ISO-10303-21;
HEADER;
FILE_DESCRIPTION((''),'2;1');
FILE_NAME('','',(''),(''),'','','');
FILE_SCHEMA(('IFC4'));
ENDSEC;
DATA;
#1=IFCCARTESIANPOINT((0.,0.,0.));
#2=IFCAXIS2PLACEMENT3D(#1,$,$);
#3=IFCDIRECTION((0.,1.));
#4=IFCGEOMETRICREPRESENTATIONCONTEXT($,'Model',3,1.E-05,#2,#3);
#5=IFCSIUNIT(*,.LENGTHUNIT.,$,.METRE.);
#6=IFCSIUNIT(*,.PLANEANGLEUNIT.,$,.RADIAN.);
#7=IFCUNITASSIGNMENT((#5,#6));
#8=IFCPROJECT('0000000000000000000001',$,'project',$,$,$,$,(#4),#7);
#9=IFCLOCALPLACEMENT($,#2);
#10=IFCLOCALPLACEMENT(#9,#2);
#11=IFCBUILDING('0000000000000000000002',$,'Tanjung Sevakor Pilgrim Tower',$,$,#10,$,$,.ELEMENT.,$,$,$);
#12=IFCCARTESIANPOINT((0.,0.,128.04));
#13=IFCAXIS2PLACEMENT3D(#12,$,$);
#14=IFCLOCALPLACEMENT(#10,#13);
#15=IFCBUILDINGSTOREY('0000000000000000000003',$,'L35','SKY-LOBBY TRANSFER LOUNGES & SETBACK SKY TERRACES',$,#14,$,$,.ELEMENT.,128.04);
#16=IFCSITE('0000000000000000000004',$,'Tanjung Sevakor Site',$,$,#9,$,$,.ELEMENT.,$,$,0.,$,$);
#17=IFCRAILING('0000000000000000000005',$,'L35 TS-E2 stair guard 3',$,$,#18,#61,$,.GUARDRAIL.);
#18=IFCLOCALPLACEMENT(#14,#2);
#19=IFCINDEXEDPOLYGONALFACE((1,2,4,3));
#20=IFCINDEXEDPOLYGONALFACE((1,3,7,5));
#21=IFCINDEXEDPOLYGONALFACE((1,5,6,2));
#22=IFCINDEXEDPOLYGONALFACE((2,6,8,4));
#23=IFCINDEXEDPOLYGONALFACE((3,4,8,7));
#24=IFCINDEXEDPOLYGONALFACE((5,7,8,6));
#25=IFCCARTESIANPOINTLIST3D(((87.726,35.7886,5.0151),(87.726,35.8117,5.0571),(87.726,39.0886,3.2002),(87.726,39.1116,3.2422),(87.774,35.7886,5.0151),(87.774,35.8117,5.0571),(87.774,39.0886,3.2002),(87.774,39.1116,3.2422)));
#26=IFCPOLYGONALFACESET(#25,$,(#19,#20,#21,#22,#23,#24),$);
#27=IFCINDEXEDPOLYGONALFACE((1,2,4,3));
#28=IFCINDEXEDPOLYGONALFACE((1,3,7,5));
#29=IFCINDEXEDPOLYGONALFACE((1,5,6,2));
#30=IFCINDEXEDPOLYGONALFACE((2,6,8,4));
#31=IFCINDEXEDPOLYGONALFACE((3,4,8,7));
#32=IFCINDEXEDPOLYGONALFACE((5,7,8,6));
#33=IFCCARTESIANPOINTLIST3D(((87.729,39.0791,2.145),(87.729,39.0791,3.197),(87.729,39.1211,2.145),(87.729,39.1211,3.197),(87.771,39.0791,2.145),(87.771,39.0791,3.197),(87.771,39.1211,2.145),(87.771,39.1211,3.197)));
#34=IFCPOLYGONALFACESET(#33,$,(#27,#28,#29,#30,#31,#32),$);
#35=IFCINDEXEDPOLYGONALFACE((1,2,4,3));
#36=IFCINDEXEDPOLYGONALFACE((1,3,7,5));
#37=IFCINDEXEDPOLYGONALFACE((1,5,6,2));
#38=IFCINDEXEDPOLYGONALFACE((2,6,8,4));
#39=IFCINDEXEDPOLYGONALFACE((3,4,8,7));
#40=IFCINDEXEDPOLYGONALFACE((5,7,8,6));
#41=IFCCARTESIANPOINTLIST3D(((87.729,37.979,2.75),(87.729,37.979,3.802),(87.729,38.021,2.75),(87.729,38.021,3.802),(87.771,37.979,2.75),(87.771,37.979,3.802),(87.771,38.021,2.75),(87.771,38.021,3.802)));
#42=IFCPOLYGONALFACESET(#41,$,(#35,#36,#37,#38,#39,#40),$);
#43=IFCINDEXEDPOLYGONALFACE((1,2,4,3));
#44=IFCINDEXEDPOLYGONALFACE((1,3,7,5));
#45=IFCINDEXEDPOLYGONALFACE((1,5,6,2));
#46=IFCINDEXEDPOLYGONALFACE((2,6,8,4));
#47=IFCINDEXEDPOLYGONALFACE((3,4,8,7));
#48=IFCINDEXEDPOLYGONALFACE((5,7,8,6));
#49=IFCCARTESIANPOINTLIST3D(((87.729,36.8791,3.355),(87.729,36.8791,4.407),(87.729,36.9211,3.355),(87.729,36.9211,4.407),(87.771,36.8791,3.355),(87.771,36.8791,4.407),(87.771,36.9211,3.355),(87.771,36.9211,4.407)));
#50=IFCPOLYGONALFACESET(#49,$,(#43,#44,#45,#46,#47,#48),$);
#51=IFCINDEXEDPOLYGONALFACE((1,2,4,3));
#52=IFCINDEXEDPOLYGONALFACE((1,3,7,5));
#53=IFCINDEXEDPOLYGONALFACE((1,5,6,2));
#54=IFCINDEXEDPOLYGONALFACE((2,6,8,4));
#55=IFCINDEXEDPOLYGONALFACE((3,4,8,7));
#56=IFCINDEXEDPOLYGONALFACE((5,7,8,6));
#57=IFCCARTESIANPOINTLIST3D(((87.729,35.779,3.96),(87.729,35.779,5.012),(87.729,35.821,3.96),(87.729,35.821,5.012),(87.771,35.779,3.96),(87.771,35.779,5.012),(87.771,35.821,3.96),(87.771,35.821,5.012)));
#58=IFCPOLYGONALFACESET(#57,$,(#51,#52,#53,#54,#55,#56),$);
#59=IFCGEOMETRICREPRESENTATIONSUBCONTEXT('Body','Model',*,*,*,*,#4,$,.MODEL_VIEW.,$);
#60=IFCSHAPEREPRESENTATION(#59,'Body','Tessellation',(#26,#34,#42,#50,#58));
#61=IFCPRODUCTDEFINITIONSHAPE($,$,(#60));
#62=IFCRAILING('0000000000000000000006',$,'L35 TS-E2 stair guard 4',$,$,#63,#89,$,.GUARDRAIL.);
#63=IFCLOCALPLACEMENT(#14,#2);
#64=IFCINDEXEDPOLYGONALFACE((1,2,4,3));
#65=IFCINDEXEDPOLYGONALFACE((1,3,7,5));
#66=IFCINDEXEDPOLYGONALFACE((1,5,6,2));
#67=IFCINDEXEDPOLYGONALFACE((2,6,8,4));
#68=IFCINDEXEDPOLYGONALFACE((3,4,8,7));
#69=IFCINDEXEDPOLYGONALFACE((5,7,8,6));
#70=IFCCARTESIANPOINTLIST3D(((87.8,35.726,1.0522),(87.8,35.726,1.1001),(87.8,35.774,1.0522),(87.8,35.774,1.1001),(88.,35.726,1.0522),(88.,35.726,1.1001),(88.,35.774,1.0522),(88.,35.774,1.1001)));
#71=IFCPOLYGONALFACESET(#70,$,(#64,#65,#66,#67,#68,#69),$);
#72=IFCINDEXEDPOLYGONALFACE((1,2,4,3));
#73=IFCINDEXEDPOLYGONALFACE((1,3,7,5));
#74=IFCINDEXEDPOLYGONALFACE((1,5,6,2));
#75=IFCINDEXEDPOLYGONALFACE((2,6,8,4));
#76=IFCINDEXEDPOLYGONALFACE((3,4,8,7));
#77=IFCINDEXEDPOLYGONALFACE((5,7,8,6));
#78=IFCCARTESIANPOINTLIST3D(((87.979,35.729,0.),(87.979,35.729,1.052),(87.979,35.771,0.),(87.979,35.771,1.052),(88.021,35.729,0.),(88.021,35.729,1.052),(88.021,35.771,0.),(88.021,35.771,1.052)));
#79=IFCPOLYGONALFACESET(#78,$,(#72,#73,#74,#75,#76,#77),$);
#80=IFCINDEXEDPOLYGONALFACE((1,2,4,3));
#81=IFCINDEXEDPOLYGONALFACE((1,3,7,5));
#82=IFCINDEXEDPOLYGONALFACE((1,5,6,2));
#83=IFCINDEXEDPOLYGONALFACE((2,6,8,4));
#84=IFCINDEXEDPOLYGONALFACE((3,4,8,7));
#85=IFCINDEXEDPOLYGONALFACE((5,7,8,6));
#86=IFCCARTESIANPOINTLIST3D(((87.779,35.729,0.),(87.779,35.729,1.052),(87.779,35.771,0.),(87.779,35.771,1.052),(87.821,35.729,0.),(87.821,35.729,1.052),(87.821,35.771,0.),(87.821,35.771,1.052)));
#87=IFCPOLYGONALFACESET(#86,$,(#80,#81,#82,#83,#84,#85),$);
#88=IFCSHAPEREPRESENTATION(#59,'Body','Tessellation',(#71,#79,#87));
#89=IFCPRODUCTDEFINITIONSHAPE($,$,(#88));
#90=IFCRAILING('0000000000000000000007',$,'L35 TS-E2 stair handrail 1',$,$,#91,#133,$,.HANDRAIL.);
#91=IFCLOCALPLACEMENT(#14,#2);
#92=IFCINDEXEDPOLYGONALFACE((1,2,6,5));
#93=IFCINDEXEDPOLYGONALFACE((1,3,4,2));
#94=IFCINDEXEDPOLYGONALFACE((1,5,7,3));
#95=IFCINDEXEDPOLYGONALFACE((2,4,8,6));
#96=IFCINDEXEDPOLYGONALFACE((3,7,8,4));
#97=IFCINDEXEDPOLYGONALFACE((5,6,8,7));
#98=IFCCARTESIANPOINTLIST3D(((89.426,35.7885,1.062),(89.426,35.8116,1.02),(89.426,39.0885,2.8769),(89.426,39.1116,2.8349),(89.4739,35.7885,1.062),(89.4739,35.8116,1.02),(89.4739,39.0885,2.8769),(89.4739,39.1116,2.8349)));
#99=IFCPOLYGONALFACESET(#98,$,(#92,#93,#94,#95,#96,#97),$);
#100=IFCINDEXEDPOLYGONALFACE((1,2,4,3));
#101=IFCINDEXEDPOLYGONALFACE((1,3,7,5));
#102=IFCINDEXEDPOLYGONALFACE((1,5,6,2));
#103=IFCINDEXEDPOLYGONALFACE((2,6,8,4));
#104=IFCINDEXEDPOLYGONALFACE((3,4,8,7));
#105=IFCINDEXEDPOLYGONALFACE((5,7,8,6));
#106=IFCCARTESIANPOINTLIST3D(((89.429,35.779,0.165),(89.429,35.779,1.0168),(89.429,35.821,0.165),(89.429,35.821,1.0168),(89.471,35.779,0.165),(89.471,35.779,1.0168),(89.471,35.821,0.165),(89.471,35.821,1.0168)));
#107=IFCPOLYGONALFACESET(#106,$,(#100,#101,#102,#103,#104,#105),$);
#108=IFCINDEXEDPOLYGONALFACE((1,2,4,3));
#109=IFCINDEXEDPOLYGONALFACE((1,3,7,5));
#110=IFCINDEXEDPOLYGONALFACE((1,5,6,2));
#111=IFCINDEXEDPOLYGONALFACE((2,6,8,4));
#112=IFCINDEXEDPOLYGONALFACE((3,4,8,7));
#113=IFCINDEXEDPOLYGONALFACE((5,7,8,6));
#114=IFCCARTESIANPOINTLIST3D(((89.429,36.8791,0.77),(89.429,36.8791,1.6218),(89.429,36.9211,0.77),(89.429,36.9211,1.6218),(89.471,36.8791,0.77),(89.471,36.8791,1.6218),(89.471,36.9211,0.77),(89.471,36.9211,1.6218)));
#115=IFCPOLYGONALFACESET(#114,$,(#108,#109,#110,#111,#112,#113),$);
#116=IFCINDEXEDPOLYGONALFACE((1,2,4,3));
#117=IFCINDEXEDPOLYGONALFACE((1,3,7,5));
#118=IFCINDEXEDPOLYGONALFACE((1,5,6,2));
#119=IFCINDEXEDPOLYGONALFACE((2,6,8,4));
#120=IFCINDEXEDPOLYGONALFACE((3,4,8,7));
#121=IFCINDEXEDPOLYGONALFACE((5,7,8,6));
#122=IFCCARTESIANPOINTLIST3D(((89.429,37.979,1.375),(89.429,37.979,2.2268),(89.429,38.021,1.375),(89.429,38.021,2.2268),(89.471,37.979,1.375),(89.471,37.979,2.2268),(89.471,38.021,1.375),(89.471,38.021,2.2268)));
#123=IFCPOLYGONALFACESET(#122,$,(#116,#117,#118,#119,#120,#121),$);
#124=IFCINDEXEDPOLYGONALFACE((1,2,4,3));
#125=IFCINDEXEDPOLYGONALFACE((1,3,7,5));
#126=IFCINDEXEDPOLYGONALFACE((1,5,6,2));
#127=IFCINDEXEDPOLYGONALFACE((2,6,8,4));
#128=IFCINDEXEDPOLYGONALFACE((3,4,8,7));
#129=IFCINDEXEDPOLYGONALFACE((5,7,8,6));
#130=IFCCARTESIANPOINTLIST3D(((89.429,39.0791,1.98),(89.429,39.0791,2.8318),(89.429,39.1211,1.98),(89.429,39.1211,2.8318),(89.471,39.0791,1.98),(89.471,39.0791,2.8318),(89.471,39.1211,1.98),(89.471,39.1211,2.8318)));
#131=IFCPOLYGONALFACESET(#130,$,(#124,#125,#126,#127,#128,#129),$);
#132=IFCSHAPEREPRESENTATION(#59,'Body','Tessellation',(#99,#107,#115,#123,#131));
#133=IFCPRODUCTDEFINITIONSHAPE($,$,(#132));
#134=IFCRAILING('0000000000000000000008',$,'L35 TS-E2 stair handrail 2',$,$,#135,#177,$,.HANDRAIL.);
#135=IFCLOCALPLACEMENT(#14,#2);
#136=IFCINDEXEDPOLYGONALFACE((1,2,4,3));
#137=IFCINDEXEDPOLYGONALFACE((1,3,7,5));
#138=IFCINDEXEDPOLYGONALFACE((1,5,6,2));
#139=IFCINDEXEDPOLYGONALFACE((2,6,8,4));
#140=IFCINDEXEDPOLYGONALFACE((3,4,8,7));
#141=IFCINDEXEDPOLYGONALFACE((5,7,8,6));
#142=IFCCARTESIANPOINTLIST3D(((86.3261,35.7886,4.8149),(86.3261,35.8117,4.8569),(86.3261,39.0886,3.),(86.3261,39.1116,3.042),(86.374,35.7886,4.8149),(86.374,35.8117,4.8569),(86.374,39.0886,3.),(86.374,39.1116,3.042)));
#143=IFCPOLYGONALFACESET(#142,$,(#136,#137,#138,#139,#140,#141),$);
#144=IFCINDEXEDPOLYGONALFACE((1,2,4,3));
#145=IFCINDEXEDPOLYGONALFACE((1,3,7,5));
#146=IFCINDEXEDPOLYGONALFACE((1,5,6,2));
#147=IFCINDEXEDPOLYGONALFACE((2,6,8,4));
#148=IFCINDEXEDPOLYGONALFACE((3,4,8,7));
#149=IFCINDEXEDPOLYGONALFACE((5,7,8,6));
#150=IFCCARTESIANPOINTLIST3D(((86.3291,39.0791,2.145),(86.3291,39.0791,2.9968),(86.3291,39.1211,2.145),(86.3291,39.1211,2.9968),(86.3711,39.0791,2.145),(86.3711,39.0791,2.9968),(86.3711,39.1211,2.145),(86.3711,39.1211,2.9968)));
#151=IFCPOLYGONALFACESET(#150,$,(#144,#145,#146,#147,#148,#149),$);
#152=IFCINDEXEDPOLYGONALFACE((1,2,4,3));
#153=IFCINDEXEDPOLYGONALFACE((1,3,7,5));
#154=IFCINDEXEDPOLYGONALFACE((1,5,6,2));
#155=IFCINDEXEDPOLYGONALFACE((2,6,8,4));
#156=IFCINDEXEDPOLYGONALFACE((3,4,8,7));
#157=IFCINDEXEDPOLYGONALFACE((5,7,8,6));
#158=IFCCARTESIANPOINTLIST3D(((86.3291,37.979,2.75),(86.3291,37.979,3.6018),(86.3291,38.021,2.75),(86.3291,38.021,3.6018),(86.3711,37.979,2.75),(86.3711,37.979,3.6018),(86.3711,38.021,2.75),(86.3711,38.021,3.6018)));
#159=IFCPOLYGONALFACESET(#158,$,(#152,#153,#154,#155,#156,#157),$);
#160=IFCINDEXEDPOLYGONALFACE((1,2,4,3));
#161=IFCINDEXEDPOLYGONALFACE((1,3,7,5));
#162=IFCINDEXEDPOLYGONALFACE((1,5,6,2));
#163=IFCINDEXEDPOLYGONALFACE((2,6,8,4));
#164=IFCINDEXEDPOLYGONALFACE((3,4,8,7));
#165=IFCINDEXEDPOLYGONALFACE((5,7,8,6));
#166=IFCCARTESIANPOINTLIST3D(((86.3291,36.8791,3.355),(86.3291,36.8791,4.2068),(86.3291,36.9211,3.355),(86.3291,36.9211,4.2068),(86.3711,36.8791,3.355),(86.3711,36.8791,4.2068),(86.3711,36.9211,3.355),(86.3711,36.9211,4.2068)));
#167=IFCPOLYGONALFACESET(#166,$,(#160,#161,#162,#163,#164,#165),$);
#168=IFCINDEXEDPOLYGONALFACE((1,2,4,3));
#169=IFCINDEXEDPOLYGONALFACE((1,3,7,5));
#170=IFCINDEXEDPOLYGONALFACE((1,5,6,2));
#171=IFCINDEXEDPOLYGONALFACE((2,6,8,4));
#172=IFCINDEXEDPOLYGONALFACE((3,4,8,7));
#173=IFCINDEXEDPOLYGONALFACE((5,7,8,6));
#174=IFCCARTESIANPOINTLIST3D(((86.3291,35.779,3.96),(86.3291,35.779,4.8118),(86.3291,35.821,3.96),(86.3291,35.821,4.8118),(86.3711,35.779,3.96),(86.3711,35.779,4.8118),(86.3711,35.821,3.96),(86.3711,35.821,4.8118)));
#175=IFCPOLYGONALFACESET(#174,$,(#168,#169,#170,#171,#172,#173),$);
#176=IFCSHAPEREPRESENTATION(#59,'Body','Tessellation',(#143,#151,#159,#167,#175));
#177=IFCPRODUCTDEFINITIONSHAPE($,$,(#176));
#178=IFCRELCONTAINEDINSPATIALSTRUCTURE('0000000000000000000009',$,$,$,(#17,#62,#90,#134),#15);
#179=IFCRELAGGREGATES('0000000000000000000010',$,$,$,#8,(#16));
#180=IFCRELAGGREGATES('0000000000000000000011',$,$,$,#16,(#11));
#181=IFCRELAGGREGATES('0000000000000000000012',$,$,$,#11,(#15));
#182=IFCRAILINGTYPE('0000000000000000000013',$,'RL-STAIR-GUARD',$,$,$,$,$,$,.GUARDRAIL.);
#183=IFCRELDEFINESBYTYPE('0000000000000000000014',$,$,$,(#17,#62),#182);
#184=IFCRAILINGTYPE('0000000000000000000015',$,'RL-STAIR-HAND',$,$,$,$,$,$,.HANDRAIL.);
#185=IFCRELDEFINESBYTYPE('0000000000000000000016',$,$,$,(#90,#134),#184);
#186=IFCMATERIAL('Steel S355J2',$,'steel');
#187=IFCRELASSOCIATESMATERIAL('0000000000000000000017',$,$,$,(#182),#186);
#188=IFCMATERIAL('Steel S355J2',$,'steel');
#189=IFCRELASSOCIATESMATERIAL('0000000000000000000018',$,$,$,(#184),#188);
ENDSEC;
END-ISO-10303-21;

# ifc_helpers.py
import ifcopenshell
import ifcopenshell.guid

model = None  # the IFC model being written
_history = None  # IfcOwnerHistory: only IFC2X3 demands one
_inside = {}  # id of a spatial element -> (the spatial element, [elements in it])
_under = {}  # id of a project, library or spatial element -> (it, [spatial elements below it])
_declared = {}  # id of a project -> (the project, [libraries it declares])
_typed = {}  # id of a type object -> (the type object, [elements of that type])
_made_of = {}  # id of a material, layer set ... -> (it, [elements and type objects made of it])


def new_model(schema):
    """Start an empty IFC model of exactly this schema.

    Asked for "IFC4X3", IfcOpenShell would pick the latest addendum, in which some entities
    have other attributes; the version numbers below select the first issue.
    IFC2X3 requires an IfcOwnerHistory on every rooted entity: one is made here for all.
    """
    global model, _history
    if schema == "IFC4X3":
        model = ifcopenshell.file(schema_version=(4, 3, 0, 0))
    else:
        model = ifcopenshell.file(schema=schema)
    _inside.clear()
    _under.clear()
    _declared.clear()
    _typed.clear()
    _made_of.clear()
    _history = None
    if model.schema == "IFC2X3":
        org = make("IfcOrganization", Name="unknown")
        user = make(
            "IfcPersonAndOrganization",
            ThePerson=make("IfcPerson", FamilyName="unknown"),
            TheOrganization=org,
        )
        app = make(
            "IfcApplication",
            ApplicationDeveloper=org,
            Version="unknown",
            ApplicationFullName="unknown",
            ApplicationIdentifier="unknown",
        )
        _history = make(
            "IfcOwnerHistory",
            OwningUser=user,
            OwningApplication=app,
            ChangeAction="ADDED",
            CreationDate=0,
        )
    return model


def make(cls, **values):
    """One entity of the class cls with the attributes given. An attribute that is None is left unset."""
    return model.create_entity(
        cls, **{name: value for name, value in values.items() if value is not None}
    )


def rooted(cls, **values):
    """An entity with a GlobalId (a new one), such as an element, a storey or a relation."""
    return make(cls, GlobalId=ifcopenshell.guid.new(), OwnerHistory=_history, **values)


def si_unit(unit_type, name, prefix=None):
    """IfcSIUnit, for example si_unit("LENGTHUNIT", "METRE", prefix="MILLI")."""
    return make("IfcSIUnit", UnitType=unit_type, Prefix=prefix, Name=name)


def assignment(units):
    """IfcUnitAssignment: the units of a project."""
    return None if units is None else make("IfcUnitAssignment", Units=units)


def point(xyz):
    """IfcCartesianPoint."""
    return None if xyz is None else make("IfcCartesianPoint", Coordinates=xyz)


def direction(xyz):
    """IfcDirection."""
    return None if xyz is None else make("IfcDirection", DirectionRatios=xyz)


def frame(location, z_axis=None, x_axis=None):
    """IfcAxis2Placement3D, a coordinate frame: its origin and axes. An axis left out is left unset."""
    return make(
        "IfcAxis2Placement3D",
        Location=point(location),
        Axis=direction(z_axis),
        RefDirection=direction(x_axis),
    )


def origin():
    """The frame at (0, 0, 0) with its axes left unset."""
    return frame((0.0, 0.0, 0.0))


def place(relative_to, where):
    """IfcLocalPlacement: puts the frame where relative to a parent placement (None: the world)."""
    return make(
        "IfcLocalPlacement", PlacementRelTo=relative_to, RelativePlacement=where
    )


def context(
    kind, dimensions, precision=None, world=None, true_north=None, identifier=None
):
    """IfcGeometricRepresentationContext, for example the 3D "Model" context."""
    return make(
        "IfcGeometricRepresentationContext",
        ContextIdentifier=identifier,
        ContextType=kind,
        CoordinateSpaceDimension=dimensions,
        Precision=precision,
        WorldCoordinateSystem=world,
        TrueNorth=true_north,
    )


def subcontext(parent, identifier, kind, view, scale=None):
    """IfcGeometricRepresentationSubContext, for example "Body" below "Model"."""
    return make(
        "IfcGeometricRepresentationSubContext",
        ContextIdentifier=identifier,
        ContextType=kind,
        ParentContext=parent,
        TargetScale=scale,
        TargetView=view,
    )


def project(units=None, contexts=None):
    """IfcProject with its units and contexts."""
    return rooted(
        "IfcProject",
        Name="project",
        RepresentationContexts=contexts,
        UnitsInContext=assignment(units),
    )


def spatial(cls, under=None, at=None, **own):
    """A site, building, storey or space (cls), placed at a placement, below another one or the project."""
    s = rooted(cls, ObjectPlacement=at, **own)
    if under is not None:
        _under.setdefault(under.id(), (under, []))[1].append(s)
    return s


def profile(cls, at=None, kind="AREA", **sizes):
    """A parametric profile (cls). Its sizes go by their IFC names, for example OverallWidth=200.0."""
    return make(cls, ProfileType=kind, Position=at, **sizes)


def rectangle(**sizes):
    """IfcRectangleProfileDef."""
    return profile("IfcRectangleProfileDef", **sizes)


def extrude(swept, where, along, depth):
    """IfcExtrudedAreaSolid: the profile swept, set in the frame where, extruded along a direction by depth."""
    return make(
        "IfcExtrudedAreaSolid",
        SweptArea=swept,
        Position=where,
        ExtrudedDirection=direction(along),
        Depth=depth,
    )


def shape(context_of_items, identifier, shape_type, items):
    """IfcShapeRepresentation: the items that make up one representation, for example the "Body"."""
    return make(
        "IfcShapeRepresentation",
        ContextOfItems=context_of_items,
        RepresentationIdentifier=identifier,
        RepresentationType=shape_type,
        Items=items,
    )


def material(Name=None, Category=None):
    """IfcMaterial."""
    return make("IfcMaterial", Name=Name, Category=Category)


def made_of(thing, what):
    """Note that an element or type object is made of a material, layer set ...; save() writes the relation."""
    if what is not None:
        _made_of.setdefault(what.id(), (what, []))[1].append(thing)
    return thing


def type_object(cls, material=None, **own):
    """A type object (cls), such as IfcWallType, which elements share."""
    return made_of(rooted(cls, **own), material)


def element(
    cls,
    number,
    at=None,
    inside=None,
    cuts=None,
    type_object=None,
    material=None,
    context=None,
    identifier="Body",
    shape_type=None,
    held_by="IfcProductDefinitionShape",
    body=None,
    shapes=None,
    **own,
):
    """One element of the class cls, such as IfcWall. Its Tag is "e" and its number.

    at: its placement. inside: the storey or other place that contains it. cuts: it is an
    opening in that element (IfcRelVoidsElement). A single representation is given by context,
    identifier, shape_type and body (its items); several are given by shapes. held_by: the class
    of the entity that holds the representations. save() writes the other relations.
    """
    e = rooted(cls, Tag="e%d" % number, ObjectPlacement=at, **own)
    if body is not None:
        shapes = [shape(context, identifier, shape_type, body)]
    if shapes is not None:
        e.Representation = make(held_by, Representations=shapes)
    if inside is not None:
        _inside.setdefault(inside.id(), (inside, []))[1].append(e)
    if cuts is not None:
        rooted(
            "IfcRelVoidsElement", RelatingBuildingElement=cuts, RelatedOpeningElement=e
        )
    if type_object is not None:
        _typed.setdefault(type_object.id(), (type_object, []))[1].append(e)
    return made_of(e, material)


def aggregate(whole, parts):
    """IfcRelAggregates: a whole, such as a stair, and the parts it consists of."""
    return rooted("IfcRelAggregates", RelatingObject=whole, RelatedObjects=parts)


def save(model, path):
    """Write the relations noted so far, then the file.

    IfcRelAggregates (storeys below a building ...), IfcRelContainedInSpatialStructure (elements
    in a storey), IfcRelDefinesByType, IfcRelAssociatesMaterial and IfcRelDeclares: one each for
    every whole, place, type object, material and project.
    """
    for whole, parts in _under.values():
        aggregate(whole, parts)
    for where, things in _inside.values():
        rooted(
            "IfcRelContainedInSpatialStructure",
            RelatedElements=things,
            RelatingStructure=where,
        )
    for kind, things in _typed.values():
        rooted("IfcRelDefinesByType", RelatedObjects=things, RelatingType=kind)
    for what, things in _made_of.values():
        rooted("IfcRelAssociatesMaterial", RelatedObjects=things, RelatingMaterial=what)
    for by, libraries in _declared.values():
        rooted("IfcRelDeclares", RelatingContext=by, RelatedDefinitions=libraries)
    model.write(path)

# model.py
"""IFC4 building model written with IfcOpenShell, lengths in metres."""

from ifc_helpers import new_model, si_unit, direction, frame, origin, place, context, subcontext, project, spatial, rectangle, extrude, material, type_object, element, save


model = new_model("IFC4")

# Units and contexts
model_context = context("Model", 3, precision=1e-05, world=origin(), true_north=direction((0.0, 1.0)))
body_context = subcontext(model_context, "Body", "Model", "MODEL_VIEW")
ifc_project = project(units=[si_unit("LENGTHUNIT", "METRE"), si_unit("PLANEANGLEUNIT", "RADIAN")], contexts=[model_context])

# Site, building, storey
site_placement = place(None, origin())
site = spatial("IfcSite", under=ifc_project, at=site_placement, Name="Tanjung Sevakor Site", CompositionType="ELEMENT", RefElevation=0.0)
building_placement = place(site_placement, origin())
building = spatial("IfcBuilding", under=site, at=building_placement, Name="Tanjung Sevakor Pilgrim Tower", CompositionType="ELEMENT")
storey_placement = place(building_placement, frame((0.0, 0.0, 128.04)))
storey = spatial("IfcBuildingStorey", under=building, at=storey_placement, Name="L35", Description="SKY-LOBBY TRANSFER LOUNGES & SETBACK SKY TERRACES", CompositionType="ELEMENT", Elevation=128.04)

# Railings
ifc_material_1 = material(Name="Steel S355J2", Category="steel")
railing_type_1 = type_object("IfcRailingType", Name="RL-STAIR-GUARD", PredefinedType="GUARDRAIL", material=ifc_material_1)
railing_1_placement = place(storey_placement, frame((87.75, 39.1001, 2.145)))
element("IfcRailing", 1, at=railing_1_placement, inside=storey, type_object=railing_type_1, Name="L35 TS-E2 stair guard 3", PredefinedType="GUARDRAIL", context=body_context, shape_type="SweptSolid", body=[
    extrude(rectangle(XDim=0.0479, YDim=0.0479), frame((0.0, 0.0, 1.0762), z_axis=(0.0, -0.876225, 0.481901), x_axis=(1.0, 0.0, 0.0)), (0.0, 0.0, 1.0), 3.7661),
    extrude(rectangle(XDim=0.042, YDim=0.042), origin(), (0.0, 0.0, 1.0), 1.052),
    extrude(rectangle(XDim=0.042, YDim=0.042), frame((0.0, -1.1001, 0.605)), (0.0, 0.0, 1.0), 1.052),
    extrude(rectangle(XDim=0.042, YDim=0.042), frame((0.0, -2.2, 1.21)), (0.0, 0.0, 1.0), 1.052),
    extrude(rectangle(XDim=0.042, YDim=0.042), frame((0.0, -3.3, 1.8149)), (0.0, 0.0, 1.0), 1.052),
])
railing_2_placement = place(storey_placement, frame((88.0, 35.75, 0.0)))
element("IfcRailing", 2, at=railing_2_placement, inside=storey, type_object=railing_type_1, Name="L35 TS-E2 stair guard 4", PredefinedType="GUARDRAIL", context=body_context, shape_type="SweptSolid", body=[
    extrude(rectangle(XDim=0.0479, YDim=0.0479), frame((0.0, 0.0, 1.0762), z_axis=(-1.0, 0.0, 0.0), x_axis=(0.0, -1.0, 0.0)), (0.0, 0.0, 1.0), 0.2),
    extrude(rectangle(XDim=0.042, YDim=0.042), origin(), (0.0, 0.0, 1.0), 1.052),
    extrude(rectangle(XDim=0.042, YDim=0.042), frame((-0.2, 0.0, 0.0)), (0.0, 0.0, 1.0), 1.052),
])
ifc_material_2 = material(Name="Steel S355J2", Category="steel")
railing_type_2 = type_object("IfcRailingType", Name="RL-STAIR-HAND", PredefinedType="HANDRAIL", material=ifc_material_2)
railing_3_placement = place(storey_placement, frame((89.45, 35.8, 0.165)))
element("IfcRailing", 3, at=railing_3_placement, inside=storey, type_object=railing_type_2, Name="L35 TS-E2 stair handrail 1", PredefinedType="HANDRAIL", context=body_context, shape_type="SweptSolid", body=[
    extrude(rectangle(XDim=0.0479, YDim=0.0479), frame((0.0, 0.0, 0.876), z_axis=(0.0, 0.876225, 0.481901), x_axis=(-1.0, 0.0, 0.0)), (0.0, 0.0, 1.0), 3.7661),
    extrude(rectangle(XDim=0.042, YDim=0.042), origin(), (0.0, 0.0, 1.0), 0.8518),
    extrude(rectangle(XDim=0.042, YDim=0.042), frame((0.0, 1.1001, 0.605)), (0.0, 0.0, 1.0), 0.8518),
    extrude(rectangle(XDim=0.042, YDim=0.042), frame((0.0, 2.2, 1.21)), (0.0, 0.0, 1.0), 0.8518),
    extrude(rectangle(XDim=0.042, YDim=0.042), frame((0.0, 3.3, 1.8149)), (0.0, 0.0, 1.0), 0.8518),
])
railing_4_placement = place(storey_placement, frame((86.3501, 39.1001, 2.145)))
element("IfcRailing", 4, at=railing_4_placement, inside=storey, type_object=railing_type_2, Name="L35 TS-E2 stair handrail 2", PredefinedType="HANDRAIL", context=body_context, shape_type="SweptSolid", body=[
    extrude(rectangle(XDim=0.0479, YDim=0.0479), frame((0.0, 0.0, 0.876), z_axis=(0.0, -0.876225, 0.481901), x_axis=(1.0, 0.0, 0.0)), (0.0, 0.0, 1.0), 3.7661),
    extrude(rectangle(XDim=0.042, YDim=0.042), origin(), (0.0, 0.0, 1.0), 0.8518),
    extrude(rectangle(XDim=0.042, YDim=0.042), frame((0.0, -1.1001, 0.605)), (0.0, 0.0, 1.0), 0.8518),
    extrude(rectangle(XDim=0.042, YDim=0.042), frame((0.0, -2.2, 1.21)), (0.0, 0.0, 1.0), 0.8518),
    extrude(rectangle(XDim=0.042, YDim=0.042), frame((0.0, -3.3, 1.8149)), (0.0, 0.0, 1.0), 0.8518),
])

save(model, "model.ifc")
